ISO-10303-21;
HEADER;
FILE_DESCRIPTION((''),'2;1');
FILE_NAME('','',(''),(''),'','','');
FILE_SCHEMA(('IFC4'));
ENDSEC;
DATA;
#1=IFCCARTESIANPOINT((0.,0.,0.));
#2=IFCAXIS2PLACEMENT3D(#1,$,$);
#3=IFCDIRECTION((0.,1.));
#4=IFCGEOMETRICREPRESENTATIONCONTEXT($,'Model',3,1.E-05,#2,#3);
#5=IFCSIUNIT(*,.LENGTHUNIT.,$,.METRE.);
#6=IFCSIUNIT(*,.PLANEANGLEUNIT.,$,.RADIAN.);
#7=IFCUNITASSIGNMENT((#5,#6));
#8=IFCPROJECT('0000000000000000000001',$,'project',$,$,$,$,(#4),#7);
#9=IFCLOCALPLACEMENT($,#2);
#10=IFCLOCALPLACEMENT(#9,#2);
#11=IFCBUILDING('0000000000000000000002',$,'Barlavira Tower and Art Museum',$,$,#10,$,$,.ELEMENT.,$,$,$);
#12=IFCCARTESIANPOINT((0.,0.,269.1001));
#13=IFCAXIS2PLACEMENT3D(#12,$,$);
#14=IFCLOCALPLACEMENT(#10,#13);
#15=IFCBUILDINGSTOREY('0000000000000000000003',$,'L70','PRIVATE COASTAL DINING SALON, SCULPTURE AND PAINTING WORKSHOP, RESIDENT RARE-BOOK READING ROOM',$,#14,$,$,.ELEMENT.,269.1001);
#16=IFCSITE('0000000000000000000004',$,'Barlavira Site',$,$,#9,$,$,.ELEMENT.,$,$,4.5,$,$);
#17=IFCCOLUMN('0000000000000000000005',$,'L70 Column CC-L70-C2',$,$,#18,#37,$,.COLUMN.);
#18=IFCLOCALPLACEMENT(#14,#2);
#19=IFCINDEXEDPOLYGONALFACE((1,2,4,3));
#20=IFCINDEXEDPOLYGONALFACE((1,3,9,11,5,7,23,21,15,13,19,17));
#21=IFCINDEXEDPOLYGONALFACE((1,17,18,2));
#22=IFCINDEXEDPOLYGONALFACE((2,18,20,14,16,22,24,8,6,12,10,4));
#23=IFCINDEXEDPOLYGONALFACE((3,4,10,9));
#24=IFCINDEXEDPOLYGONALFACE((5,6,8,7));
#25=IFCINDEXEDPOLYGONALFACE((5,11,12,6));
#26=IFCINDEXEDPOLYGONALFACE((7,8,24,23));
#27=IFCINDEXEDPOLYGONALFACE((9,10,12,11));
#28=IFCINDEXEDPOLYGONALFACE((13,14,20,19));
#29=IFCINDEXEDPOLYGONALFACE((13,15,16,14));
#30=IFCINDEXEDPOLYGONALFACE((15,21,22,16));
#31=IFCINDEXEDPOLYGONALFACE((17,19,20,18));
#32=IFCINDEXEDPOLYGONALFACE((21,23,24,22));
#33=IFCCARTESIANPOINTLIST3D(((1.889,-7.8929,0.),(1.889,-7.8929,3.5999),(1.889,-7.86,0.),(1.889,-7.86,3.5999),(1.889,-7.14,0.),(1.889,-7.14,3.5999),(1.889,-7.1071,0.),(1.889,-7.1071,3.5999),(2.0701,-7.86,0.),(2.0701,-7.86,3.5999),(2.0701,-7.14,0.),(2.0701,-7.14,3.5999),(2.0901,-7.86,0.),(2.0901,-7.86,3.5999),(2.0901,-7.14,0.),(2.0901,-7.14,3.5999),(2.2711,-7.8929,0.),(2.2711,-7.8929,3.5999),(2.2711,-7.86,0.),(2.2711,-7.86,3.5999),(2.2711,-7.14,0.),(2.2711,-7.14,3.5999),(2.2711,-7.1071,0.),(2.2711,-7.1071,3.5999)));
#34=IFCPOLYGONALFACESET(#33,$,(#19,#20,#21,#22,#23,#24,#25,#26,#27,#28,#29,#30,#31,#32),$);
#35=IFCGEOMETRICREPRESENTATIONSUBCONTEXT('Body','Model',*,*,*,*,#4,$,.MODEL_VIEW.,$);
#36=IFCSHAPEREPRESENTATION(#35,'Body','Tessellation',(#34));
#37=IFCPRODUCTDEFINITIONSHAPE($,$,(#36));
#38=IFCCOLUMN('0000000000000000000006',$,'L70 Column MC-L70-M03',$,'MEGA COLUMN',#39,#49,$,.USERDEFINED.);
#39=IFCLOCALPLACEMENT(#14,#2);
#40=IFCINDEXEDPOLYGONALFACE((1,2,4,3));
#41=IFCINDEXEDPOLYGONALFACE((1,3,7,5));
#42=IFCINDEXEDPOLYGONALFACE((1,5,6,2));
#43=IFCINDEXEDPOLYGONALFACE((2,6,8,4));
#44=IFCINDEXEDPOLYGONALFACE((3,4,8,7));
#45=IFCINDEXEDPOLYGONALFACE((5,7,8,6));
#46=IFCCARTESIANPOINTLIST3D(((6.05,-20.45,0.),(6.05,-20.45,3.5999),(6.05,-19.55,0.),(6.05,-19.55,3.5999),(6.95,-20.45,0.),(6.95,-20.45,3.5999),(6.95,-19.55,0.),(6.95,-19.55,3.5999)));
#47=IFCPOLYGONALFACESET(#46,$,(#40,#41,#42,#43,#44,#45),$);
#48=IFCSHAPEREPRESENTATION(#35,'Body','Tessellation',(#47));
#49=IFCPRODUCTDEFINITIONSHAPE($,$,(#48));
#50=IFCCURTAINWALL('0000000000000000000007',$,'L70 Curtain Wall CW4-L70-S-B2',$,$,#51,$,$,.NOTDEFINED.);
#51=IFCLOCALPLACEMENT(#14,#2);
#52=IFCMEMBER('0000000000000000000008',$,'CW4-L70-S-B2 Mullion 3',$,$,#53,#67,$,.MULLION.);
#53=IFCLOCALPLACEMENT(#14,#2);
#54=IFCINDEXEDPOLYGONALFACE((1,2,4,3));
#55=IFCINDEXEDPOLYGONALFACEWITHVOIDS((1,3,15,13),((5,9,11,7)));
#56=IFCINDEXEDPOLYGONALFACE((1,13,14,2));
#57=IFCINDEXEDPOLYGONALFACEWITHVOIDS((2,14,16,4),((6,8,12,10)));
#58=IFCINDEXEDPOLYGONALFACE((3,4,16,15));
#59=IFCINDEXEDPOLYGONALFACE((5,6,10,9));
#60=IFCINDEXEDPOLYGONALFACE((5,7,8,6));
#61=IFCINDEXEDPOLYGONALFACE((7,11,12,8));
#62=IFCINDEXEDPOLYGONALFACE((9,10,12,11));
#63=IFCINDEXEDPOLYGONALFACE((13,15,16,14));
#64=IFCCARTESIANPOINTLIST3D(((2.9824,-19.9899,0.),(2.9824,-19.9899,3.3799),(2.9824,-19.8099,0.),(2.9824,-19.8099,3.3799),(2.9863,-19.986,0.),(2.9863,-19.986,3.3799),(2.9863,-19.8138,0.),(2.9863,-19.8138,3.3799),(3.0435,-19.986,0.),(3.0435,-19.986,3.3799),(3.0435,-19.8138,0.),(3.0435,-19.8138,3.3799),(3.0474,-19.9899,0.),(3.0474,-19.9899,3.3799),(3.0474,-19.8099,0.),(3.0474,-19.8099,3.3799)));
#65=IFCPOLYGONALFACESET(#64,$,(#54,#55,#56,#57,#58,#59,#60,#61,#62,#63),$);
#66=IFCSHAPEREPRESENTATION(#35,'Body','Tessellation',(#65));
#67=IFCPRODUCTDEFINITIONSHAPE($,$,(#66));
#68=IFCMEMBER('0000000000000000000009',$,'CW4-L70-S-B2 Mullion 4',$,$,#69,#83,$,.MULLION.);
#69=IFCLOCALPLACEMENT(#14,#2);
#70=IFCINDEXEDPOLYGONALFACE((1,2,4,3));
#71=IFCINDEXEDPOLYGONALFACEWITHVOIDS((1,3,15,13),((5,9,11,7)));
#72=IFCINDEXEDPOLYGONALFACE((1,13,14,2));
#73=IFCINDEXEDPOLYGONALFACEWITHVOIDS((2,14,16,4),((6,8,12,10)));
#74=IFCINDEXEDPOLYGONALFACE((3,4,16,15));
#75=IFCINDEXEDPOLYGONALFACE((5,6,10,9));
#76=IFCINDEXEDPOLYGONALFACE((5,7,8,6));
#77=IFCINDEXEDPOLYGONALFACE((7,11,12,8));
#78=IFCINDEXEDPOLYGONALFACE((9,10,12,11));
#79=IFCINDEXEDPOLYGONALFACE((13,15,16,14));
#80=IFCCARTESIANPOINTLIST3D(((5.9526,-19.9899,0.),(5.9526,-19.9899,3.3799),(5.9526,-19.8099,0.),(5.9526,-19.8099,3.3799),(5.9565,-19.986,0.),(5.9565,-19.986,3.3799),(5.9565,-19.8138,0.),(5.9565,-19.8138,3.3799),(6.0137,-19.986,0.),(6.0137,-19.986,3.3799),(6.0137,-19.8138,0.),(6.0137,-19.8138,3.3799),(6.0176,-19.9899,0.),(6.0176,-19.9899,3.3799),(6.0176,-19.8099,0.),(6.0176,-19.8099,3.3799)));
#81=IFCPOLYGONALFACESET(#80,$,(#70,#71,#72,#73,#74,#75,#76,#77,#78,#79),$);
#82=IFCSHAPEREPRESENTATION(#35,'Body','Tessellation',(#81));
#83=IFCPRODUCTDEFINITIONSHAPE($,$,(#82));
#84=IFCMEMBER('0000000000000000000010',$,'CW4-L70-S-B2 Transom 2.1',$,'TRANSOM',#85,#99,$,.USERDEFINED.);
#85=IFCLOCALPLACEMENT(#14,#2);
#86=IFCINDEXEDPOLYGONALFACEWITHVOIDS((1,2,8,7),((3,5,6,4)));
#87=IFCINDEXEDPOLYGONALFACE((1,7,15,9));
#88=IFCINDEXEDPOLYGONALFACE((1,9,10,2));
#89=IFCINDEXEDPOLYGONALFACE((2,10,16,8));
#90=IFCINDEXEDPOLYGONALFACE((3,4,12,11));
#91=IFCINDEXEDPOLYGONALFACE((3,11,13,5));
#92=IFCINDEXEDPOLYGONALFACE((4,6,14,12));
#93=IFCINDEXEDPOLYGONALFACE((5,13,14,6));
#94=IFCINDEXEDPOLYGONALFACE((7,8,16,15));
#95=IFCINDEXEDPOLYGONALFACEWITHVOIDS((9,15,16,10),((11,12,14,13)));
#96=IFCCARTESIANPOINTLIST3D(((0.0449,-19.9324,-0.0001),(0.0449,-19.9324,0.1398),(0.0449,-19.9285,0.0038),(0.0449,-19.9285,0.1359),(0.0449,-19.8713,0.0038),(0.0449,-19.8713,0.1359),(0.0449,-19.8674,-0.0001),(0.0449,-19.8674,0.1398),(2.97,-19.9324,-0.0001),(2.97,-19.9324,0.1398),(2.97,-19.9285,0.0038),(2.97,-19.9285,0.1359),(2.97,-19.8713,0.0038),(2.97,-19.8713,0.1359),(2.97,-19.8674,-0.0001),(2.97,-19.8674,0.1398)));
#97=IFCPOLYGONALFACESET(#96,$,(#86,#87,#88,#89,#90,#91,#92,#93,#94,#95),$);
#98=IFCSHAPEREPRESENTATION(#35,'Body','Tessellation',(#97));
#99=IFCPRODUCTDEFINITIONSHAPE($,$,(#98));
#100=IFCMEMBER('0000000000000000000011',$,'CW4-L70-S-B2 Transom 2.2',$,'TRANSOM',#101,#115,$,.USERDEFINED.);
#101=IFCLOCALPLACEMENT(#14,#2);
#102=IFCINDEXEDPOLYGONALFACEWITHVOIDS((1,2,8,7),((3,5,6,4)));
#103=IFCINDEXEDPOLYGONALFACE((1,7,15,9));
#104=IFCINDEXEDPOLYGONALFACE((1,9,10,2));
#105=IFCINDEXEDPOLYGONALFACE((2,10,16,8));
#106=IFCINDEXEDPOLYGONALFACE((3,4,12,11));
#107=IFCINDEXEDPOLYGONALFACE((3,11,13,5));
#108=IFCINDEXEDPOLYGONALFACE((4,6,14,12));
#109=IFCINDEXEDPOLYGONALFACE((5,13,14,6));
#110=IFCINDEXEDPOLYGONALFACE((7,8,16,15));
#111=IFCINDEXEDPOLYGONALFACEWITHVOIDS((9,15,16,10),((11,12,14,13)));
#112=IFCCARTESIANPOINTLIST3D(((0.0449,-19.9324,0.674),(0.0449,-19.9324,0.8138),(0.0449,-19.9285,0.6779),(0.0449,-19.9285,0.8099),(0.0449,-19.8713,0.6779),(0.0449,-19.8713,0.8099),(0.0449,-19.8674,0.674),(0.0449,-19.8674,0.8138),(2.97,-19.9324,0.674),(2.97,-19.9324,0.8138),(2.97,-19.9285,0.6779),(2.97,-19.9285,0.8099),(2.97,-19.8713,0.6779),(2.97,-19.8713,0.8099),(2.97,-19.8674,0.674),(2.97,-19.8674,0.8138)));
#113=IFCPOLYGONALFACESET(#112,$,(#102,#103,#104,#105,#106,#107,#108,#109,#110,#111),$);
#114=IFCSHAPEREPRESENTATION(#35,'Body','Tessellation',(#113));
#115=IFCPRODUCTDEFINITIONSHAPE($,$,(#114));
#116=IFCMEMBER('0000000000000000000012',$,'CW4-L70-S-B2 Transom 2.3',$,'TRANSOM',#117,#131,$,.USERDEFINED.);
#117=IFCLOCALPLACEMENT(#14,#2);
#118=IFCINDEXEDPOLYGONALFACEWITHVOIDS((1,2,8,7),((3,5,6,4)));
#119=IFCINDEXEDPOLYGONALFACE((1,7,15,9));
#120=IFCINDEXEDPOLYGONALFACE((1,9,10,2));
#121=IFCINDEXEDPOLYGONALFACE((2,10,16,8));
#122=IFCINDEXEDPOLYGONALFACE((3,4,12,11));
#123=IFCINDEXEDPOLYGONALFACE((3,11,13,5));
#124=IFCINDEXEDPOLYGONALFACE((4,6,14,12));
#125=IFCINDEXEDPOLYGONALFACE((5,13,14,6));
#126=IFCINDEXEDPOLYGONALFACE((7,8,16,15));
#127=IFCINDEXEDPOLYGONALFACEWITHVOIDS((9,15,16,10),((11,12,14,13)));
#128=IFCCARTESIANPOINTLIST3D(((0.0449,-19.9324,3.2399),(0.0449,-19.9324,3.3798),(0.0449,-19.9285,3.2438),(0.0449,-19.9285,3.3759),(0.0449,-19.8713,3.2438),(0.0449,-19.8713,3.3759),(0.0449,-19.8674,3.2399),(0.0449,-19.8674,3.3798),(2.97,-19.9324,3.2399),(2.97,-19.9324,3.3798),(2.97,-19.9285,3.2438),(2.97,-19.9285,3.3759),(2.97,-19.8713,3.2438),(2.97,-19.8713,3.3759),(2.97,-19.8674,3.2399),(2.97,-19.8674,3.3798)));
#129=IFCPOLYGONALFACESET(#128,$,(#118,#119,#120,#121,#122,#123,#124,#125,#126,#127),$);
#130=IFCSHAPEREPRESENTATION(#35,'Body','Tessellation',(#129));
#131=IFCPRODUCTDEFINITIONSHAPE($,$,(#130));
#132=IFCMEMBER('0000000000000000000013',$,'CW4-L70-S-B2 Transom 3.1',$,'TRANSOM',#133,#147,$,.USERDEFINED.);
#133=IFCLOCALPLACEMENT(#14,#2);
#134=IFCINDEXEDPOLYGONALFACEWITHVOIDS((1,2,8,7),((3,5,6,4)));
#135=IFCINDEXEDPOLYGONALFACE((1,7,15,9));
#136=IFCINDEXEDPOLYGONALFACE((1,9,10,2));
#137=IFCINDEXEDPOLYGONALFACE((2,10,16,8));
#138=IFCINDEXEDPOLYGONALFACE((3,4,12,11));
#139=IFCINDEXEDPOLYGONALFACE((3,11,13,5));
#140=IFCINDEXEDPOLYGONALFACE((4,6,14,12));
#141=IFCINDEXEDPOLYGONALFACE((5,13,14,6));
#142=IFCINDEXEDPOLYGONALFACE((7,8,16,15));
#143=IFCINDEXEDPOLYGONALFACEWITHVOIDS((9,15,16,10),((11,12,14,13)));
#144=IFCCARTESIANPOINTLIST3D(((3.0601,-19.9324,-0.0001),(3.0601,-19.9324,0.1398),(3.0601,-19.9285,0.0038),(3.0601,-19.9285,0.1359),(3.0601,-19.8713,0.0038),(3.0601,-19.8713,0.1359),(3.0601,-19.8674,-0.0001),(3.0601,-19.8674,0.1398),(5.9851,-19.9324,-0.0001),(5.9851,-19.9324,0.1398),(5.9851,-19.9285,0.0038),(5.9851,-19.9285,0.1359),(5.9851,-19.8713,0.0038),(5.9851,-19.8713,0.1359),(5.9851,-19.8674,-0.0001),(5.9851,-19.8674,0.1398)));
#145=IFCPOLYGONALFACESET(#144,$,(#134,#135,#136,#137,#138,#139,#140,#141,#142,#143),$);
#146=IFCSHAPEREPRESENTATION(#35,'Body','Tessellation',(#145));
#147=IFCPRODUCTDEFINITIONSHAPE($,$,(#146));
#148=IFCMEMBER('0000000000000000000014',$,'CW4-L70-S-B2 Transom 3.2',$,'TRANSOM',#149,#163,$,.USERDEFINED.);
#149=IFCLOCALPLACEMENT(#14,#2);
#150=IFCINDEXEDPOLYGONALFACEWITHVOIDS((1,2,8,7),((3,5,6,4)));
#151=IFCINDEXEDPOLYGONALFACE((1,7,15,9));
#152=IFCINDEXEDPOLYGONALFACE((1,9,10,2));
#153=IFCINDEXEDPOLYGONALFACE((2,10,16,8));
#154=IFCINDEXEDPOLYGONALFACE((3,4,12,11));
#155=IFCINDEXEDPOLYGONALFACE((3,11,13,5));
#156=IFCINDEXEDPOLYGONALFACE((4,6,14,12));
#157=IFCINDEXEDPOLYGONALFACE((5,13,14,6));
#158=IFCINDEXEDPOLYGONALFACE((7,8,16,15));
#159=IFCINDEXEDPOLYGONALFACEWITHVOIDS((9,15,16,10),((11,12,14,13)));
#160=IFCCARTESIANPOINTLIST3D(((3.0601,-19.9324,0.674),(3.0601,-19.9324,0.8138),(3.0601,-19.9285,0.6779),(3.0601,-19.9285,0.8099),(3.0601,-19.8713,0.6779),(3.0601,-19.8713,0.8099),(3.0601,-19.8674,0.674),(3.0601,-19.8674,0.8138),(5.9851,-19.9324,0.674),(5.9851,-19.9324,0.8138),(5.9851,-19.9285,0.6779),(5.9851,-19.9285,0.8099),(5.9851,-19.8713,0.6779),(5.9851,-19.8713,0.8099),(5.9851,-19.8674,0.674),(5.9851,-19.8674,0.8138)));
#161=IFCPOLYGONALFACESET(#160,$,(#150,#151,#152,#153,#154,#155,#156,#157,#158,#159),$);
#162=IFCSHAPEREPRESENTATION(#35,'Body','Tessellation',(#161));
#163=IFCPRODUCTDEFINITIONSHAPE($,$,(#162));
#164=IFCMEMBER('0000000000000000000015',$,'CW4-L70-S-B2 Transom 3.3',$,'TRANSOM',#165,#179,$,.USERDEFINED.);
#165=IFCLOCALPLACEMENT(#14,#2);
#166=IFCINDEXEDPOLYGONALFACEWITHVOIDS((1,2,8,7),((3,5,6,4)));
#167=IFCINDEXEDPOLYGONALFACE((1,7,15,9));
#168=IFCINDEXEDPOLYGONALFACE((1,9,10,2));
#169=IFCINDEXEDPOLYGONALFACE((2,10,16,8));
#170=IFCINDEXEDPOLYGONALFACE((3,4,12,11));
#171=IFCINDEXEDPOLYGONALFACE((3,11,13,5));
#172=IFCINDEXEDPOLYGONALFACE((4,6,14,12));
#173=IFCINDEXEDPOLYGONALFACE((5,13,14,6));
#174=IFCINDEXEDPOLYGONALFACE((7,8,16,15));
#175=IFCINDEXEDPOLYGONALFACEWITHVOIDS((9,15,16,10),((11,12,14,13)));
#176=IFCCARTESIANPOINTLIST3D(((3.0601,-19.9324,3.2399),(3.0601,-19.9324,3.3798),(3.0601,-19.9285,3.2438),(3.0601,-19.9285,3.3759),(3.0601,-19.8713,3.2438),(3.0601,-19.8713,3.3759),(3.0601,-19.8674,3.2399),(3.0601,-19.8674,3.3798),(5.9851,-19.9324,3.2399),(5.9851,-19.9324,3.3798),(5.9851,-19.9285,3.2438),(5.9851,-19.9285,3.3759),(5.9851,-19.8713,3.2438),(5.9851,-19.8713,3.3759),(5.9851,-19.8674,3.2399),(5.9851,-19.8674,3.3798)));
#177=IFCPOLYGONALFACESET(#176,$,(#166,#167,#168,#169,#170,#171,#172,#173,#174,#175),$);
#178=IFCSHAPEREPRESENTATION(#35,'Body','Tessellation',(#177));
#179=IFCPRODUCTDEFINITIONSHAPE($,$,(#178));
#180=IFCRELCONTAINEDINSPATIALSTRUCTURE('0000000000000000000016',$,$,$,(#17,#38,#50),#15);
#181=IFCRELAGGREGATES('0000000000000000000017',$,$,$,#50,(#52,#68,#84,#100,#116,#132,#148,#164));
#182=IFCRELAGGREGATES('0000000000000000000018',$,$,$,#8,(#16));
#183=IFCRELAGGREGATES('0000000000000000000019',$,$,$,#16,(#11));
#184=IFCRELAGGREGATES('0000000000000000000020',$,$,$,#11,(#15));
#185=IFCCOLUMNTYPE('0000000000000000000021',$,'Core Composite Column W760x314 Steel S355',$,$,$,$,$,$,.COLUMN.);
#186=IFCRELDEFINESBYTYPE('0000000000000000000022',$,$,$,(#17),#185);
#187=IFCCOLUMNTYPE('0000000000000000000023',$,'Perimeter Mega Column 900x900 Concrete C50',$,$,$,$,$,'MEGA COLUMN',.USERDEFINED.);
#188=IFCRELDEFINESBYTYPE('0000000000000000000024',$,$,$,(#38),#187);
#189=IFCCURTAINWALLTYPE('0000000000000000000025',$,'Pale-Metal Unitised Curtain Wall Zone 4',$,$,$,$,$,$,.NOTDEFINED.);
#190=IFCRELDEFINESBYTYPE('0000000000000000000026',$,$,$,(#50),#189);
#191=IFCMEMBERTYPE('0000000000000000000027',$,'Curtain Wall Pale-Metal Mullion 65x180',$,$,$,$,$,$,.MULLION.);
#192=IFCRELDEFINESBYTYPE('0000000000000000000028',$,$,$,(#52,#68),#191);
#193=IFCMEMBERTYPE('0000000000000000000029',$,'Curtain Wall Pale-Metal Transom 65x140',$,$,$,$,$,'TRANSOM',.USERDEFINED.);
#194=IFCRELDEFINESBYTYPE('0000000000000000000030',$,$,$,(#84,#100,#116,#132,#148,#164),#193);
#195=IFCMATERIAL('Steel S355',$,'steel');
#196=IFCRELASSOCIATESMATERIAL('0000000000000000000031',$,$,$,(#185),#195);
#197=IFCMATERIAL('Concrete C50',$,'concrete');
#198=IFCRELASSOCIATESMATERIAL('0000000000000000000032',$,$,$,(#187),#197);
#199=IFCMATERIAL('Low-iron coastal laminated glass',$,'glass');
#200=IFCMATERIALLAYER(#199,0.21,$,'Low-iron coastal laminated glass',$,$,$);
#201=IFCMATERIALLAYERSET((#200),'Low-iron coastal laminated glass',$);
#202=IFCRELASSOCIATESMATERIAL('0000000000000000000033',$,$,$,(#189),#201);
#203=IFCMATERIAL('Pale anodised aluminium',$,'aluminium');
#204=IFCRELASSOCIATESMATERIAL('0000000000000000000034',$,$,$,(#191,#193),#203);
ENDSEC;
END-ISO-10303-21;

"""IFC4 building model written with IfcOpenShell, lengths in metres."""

from ifc_helpers import new_model, si_unit, direction, frame, origin, origin_2d, place, context, subcontext, project, spatial, rectangle, hollow_rectangle, i_section, extrude, material, layer, layer_set, material_profile, profile_set, type_object, element, aggregate, save


model = new_model("IFC4")

# Units and contexts
model_context = context("Model", 3, precision=1e-05, world=origin(), true_north=direction((0.0, 1.0)))
body_context = subcontext(model_context, "Body", "Model", "MODEL_VIEW")
ifc_project = project(units=[si_unit("LENGTHUNIT", "METRE"), si_unit("PLANEANGLEUNIT", "RADIAN")], contexts=[model_context])

# Site, building, storey
site_placement = place(None, origin())
site = spatial("IfcSite", under=ifc_project, at=site_placement, Name="Barlavira Site", CompositionType="ELEMENT", RefElevation=4.5)
building_placement = place(site_placement, origin())
building = spatial("IfcBuilding", under=site, at=building_placement, Name="Barlavira Tower and Art Museum", CompositionType="ELEMENT")
storey_placement = place(building_placement, frame((0.0, 0.0, 269.1001)))
storey = spatial("IfcBuildingStorey", under=building, at=storey_placement, Name="L70", Description="PRIVATE COASTAL DINING SALON, SCULPTURE AND PAINTING WORKSHOP, RESIDENT RARE-BOOK READING ROOM", CompositionType="ELEMENT", Elevation=269.1001)

# Columns
ifc_material_1 = material(Name="Steel S355", Category="steel")
ifc_material_profile_1 = material_profile(ifc_material_1, i_section(OverallWidth=0.3821, OverallDepth=0.7859, WebThickness=0.02, FlangeThickness=0.033, at=origin_2d()), Name="W760x314.0")
ifc_profile_set_1 = profile_set([ifc_material_profile_1], Name="Steel S355")
column_type_1 = type_object("IfcColumnType", Name="Core Composite Column W760x314 Steel S355", PredefinedType="COLUMN", material=ifc_profile_set_1)
column_1_placement = place(storey_placement, frame((2.0801, -7.5, 0.0), z_axis=(0.0, 0.0, 1.0), x_axis=(1.0, 0.0, 0.0)))
element("IfcColumn", 1, at=column_1_placement, inside=storey, type_object=column_type_1, Name="L70 Column CC-L70-C2", PredefinedType="COLUMN", context=body_context, shape_type="SweptSolid", body=[
    extrude(i_section(OverallWidth=0.3821, OverallDepth=0.7859, WebThickness=0.02, FlangeThickness=0.033, at=origin_2d()), origin(), (0.0, 0.0, 1.0), 3.5999),
])
ifc_material_2 = material(Name="Concrete C50", Category="concrete")
ifc_material_profile_2 = material_profile(ifc_material_2, rectangle(XDim=0.8999, YDim=0.8999, at=origin_2d()), Name="RC-COL 900x900")
ifc_profile_set_2 = profile_set([ifc_material_profile_2], Name="Concrete C50")
column_type_2 = type_object("IfcColumnType", Name="Perimeter Mega Column 900x900 Concrete C50", ElementType="MEGA COLUMN", PredefinedType="USERDEFINED", material=ifc_profile_set_2)
column_2_placement = place(storey_placement, frame((6.5, -20.0, 0.0), z_axis=(0.0, 0.0, 1.0), x_axis=(1.0, 0.0, 0.0)))
element("IfcColumn", 2, at=column_2_placement, inside=storey, type_object=column_type_2, Name="L70 Column MC-L70-M03", ObjectType="MEGA COLUMN", PredefinedType="USERDEFINED", context=body_context, shape_type="SweptSolid", body=[
    extrude(rectangle(XDim=0.8999, YDim=0.8999, at=origin_2d()), origin(), (0.0, 0.0, 1.0), 3.5999),
])

# Curtain wall, members
ifc_material_3 = material(Name="Low-iron coastal laminated glass", Category="glass")
ifc_layer_1 = layer(ifc_material_3, 0.21, Name="Low-iron coastal laminated glass")
ifc_layer_set_1 = layer_set([ifc_layer_1], Name="Low-iron coastal laminated glass")
curtain_wall_type = type_object("IfcCurtainWallType", Name="Pale-Metal Unitised Curtain Wall Zone 4", PredefinedType="NOTDEFINED", material=ifc_layer_set_1)
curtain_wall_placement = place(storey_placement, origin())
curtain_wall = element("IfcCurtainWall", 3, at=curtain_wall_placement, inside=storey, type_object=curtain_wall_type, Name="L70 Curtain Wall CW4-L70-S-B2", PredefinedType="NOTDEFINED")
ifc_material_4 = material(Name="Pale anodised aluminium", Category="aluminium")
ifc_material_profile_3 = material_profile(ifc_material_4, hollow_rectangle(XDim=0.0649, YDim=0.1799, WallThickness=0.0039, at=origin_2d()), Name="ALU-MULL 65x180x4")
ifc_profile_set_3 = profile_set([ifc_material_profile_3], Name="Pale anodised aluminium")
member_type_1 = type_object("IfcMemberType", Name="Curtain Wall Pale-Metal Mullion 65x180", PredefinedType="MULLION", material=ifc_profile_set_3)
member_1_placement = place(storey_placement, frame((3.0149, -19.8999, 0.0), z_axis=(0.0, 0.0, 1.0), x_axis=(1.0, 0.0, 0.0)))
member_1 = element("IfcMember", 4, at=member_1_placement, type_object=member_type_1, Name="CW4-L70-S-B2 Mullion 3", PredefinedType="MULLION", context=body_context, shape_type="SweptSolid", body=[
    extrude(hollow_rectangle(XDim=0.0649, YDim=0.1799, WallThickness=0.0039, at=origin_2d()), origin(), (0.0, 0.0, 1.0), 3.3799),
])
member_2_placement = place(storey_placement, frame((5.9851, -19.8999, 0.0), z_axis=(0.0, 0.0, 1.0), x_axis=(1.0, 0.0, 0.0)))
member_2 = element("IfcMember", 5, at=member_2_placement, type_object=member_type_1, Name="CW4-L70-S-B2 Mullion 4", PredefinedType="MULLION", context=body_context, shape_type="SweptSolid", body=[
    extrude(hollow_rectangle(XDim=0.0649, YDim=0.1799, WallThickness=0.0039, at=origin_2d()), origin(), (0.0, 0.0, 1.0), 3.3799),
])
ifc_material_profile_4 = material_profile(ifc_material_4, hollow_rectangle(XDim=0.0649, YDim=0.1399, WallThickness=0.0039, at=origin_2d()), Name="ALU-TRAN 65x140x4")
ifc_profile_set_4 = profile_set([ifc_material_profile_4], Name="Pale anodised aluminium")
member_type_2 = type_object("IfcMemberType", Name="Curtain Wall Pale-Metal Transom 65x140", ElementType="TRANSOM", PredefinedType="USERDEFINED", material=ifc_profile_set_4)
member_3_placement = place(storey_placement, frame((0.0449, -19.8999, 0.0698), z_axis=(1.0, 0.0, 0.0), x_axis=(0.0, 1.0, 0.0)))
member_3 = element("IfcMember", 6, at=member_3_placement, type_object=member_type_2, Name="CW4-L70-S-B2 Transom 2.1", ObjectType="TRANSOM", PredefinedType="USERDEFINED", context=body_context, shape_type="SweptSolid", body=[
    extrude(hollow_rectangle(XDim=0.0649, YDim=0.1399, WallThickness=0.0039, at=origin_2d()), origin(), (0.0, 0.0, 1.0), 2.925),
])
member_4_placement = place(storey_placement, frame((0.0449, -19.8999, 0.7439), z_axis=(1.0, 0.0, 0.0), x_axis=(0.0, 1.0, 0.0)))
member_4 = element("IfcMember", 7, at=member_4_placement, type_object=member_type_2, Name="CW4-L70-S-B2 Transom 2.2", ObjectType="TRANSOM", PredefinedType="USERDEFINED", context=body_context, shape_type="SweptSolid", body=[
    extrude(hollow_rectangle(XDim=0.0649, YDim=0.1399, WallThickness=0.0039, at=origin_2d()), origin(), (0.0, 0.0, 1.0), 2.925),
])
member_5_placement = place(storey_placement, frame((0.0449, -19.8999, 3.3098), z_axis=(1.0, 0.0, 0.0), x_axis=(0.0, 1.0, 0.0)))
member_5 = element("IfcMember", 8, at=member_5_placement, type_object=member_type_2, Name="CW4-L70-S-B2 Transom 2.3", ObjectType="TRANSOM", PredefinedType="USERDEFINED", context=body_context, shape_type="SweptSolid", body=[
    extrude(hollow_rectangle(XDim=0.0649, YDim=0.1399, WallThickness=0.0039, at=origin_2d()), origin(), (0.0, 0.0, 1.0), 2.925),
])
member_6_placement = place(storey_placement, frame((3.0601, -19.8999, 0.0698), z_axis=(1.0, 0.0, 0.0), x_axis=(0.0, 1.0, 0.0)))
member_6 = element("IfcMember", 9, at=member_6_placement, type_object=member_type_2, Name="CW4-L70-S-B2 Transom 3.1", ObjectType="TRANSOM", PredefinedType="USERDEFINED", context=body_context, shape_type="SweptSolid", body=[
    extrude(hollow_rectangle(XDim=0.0649, YDim=0.1399, WallThickness=0.0039, at=origin_2d()), origin(), (0.0, 0.0, 1.0), 2.925),
])
member_7_placement = place(storey_placement, frame((3.0601, -19.8999, 0.7439), z_axis=(1.0, 0.0, 0.0), x_axis=(0.0, 1.0, 0.0)))
member_7 = element("IfcMember", 10, at=member_7_placement, type_object=member_type_2, Name="CW4-L70-S-B2 Transom 3.2", ObjectType="TRANSOM", PredefinedType="USERDEFINED", context=body_context, shape_type="SweptSolid", body=[
    extrude(hollow_rectangle(XDim=0.0649, YDim=0.1399, WallThickness=0.0039, at=origin_2d()), origin(), (0.0, 0.0, 1.0), 2.925),
])
member_8_placement = place(storey_placement, frame((3.0601, -19.8999, 3.3098), z_axis=(1.0, 0.0, 0.0), x_axis=(0.0, 1.0, 0.0)))
member_8 = element("IfcMember", 11, at=member_8_placement, type_object=member_type_2, Name="CW4-L70-S-B2 Transom 3.3", ObjectType="TRANSOM", PredefinedType="USERDEFINED", context=body_context, shape_type="SweptSolid", body=[
    extrude(hollow_rectangle(XDim=0.0649, YDim=0.1399, WallThickness=0.0039, at=origin_2d()), origin(), (0.0, 0.0, 1.0), 2.925),
])

aggregate(curtain_wall, [member_1, member_2, member_3, member_4, member_5, member_6, member_7, member_8])

save(model, "model.ifc")
